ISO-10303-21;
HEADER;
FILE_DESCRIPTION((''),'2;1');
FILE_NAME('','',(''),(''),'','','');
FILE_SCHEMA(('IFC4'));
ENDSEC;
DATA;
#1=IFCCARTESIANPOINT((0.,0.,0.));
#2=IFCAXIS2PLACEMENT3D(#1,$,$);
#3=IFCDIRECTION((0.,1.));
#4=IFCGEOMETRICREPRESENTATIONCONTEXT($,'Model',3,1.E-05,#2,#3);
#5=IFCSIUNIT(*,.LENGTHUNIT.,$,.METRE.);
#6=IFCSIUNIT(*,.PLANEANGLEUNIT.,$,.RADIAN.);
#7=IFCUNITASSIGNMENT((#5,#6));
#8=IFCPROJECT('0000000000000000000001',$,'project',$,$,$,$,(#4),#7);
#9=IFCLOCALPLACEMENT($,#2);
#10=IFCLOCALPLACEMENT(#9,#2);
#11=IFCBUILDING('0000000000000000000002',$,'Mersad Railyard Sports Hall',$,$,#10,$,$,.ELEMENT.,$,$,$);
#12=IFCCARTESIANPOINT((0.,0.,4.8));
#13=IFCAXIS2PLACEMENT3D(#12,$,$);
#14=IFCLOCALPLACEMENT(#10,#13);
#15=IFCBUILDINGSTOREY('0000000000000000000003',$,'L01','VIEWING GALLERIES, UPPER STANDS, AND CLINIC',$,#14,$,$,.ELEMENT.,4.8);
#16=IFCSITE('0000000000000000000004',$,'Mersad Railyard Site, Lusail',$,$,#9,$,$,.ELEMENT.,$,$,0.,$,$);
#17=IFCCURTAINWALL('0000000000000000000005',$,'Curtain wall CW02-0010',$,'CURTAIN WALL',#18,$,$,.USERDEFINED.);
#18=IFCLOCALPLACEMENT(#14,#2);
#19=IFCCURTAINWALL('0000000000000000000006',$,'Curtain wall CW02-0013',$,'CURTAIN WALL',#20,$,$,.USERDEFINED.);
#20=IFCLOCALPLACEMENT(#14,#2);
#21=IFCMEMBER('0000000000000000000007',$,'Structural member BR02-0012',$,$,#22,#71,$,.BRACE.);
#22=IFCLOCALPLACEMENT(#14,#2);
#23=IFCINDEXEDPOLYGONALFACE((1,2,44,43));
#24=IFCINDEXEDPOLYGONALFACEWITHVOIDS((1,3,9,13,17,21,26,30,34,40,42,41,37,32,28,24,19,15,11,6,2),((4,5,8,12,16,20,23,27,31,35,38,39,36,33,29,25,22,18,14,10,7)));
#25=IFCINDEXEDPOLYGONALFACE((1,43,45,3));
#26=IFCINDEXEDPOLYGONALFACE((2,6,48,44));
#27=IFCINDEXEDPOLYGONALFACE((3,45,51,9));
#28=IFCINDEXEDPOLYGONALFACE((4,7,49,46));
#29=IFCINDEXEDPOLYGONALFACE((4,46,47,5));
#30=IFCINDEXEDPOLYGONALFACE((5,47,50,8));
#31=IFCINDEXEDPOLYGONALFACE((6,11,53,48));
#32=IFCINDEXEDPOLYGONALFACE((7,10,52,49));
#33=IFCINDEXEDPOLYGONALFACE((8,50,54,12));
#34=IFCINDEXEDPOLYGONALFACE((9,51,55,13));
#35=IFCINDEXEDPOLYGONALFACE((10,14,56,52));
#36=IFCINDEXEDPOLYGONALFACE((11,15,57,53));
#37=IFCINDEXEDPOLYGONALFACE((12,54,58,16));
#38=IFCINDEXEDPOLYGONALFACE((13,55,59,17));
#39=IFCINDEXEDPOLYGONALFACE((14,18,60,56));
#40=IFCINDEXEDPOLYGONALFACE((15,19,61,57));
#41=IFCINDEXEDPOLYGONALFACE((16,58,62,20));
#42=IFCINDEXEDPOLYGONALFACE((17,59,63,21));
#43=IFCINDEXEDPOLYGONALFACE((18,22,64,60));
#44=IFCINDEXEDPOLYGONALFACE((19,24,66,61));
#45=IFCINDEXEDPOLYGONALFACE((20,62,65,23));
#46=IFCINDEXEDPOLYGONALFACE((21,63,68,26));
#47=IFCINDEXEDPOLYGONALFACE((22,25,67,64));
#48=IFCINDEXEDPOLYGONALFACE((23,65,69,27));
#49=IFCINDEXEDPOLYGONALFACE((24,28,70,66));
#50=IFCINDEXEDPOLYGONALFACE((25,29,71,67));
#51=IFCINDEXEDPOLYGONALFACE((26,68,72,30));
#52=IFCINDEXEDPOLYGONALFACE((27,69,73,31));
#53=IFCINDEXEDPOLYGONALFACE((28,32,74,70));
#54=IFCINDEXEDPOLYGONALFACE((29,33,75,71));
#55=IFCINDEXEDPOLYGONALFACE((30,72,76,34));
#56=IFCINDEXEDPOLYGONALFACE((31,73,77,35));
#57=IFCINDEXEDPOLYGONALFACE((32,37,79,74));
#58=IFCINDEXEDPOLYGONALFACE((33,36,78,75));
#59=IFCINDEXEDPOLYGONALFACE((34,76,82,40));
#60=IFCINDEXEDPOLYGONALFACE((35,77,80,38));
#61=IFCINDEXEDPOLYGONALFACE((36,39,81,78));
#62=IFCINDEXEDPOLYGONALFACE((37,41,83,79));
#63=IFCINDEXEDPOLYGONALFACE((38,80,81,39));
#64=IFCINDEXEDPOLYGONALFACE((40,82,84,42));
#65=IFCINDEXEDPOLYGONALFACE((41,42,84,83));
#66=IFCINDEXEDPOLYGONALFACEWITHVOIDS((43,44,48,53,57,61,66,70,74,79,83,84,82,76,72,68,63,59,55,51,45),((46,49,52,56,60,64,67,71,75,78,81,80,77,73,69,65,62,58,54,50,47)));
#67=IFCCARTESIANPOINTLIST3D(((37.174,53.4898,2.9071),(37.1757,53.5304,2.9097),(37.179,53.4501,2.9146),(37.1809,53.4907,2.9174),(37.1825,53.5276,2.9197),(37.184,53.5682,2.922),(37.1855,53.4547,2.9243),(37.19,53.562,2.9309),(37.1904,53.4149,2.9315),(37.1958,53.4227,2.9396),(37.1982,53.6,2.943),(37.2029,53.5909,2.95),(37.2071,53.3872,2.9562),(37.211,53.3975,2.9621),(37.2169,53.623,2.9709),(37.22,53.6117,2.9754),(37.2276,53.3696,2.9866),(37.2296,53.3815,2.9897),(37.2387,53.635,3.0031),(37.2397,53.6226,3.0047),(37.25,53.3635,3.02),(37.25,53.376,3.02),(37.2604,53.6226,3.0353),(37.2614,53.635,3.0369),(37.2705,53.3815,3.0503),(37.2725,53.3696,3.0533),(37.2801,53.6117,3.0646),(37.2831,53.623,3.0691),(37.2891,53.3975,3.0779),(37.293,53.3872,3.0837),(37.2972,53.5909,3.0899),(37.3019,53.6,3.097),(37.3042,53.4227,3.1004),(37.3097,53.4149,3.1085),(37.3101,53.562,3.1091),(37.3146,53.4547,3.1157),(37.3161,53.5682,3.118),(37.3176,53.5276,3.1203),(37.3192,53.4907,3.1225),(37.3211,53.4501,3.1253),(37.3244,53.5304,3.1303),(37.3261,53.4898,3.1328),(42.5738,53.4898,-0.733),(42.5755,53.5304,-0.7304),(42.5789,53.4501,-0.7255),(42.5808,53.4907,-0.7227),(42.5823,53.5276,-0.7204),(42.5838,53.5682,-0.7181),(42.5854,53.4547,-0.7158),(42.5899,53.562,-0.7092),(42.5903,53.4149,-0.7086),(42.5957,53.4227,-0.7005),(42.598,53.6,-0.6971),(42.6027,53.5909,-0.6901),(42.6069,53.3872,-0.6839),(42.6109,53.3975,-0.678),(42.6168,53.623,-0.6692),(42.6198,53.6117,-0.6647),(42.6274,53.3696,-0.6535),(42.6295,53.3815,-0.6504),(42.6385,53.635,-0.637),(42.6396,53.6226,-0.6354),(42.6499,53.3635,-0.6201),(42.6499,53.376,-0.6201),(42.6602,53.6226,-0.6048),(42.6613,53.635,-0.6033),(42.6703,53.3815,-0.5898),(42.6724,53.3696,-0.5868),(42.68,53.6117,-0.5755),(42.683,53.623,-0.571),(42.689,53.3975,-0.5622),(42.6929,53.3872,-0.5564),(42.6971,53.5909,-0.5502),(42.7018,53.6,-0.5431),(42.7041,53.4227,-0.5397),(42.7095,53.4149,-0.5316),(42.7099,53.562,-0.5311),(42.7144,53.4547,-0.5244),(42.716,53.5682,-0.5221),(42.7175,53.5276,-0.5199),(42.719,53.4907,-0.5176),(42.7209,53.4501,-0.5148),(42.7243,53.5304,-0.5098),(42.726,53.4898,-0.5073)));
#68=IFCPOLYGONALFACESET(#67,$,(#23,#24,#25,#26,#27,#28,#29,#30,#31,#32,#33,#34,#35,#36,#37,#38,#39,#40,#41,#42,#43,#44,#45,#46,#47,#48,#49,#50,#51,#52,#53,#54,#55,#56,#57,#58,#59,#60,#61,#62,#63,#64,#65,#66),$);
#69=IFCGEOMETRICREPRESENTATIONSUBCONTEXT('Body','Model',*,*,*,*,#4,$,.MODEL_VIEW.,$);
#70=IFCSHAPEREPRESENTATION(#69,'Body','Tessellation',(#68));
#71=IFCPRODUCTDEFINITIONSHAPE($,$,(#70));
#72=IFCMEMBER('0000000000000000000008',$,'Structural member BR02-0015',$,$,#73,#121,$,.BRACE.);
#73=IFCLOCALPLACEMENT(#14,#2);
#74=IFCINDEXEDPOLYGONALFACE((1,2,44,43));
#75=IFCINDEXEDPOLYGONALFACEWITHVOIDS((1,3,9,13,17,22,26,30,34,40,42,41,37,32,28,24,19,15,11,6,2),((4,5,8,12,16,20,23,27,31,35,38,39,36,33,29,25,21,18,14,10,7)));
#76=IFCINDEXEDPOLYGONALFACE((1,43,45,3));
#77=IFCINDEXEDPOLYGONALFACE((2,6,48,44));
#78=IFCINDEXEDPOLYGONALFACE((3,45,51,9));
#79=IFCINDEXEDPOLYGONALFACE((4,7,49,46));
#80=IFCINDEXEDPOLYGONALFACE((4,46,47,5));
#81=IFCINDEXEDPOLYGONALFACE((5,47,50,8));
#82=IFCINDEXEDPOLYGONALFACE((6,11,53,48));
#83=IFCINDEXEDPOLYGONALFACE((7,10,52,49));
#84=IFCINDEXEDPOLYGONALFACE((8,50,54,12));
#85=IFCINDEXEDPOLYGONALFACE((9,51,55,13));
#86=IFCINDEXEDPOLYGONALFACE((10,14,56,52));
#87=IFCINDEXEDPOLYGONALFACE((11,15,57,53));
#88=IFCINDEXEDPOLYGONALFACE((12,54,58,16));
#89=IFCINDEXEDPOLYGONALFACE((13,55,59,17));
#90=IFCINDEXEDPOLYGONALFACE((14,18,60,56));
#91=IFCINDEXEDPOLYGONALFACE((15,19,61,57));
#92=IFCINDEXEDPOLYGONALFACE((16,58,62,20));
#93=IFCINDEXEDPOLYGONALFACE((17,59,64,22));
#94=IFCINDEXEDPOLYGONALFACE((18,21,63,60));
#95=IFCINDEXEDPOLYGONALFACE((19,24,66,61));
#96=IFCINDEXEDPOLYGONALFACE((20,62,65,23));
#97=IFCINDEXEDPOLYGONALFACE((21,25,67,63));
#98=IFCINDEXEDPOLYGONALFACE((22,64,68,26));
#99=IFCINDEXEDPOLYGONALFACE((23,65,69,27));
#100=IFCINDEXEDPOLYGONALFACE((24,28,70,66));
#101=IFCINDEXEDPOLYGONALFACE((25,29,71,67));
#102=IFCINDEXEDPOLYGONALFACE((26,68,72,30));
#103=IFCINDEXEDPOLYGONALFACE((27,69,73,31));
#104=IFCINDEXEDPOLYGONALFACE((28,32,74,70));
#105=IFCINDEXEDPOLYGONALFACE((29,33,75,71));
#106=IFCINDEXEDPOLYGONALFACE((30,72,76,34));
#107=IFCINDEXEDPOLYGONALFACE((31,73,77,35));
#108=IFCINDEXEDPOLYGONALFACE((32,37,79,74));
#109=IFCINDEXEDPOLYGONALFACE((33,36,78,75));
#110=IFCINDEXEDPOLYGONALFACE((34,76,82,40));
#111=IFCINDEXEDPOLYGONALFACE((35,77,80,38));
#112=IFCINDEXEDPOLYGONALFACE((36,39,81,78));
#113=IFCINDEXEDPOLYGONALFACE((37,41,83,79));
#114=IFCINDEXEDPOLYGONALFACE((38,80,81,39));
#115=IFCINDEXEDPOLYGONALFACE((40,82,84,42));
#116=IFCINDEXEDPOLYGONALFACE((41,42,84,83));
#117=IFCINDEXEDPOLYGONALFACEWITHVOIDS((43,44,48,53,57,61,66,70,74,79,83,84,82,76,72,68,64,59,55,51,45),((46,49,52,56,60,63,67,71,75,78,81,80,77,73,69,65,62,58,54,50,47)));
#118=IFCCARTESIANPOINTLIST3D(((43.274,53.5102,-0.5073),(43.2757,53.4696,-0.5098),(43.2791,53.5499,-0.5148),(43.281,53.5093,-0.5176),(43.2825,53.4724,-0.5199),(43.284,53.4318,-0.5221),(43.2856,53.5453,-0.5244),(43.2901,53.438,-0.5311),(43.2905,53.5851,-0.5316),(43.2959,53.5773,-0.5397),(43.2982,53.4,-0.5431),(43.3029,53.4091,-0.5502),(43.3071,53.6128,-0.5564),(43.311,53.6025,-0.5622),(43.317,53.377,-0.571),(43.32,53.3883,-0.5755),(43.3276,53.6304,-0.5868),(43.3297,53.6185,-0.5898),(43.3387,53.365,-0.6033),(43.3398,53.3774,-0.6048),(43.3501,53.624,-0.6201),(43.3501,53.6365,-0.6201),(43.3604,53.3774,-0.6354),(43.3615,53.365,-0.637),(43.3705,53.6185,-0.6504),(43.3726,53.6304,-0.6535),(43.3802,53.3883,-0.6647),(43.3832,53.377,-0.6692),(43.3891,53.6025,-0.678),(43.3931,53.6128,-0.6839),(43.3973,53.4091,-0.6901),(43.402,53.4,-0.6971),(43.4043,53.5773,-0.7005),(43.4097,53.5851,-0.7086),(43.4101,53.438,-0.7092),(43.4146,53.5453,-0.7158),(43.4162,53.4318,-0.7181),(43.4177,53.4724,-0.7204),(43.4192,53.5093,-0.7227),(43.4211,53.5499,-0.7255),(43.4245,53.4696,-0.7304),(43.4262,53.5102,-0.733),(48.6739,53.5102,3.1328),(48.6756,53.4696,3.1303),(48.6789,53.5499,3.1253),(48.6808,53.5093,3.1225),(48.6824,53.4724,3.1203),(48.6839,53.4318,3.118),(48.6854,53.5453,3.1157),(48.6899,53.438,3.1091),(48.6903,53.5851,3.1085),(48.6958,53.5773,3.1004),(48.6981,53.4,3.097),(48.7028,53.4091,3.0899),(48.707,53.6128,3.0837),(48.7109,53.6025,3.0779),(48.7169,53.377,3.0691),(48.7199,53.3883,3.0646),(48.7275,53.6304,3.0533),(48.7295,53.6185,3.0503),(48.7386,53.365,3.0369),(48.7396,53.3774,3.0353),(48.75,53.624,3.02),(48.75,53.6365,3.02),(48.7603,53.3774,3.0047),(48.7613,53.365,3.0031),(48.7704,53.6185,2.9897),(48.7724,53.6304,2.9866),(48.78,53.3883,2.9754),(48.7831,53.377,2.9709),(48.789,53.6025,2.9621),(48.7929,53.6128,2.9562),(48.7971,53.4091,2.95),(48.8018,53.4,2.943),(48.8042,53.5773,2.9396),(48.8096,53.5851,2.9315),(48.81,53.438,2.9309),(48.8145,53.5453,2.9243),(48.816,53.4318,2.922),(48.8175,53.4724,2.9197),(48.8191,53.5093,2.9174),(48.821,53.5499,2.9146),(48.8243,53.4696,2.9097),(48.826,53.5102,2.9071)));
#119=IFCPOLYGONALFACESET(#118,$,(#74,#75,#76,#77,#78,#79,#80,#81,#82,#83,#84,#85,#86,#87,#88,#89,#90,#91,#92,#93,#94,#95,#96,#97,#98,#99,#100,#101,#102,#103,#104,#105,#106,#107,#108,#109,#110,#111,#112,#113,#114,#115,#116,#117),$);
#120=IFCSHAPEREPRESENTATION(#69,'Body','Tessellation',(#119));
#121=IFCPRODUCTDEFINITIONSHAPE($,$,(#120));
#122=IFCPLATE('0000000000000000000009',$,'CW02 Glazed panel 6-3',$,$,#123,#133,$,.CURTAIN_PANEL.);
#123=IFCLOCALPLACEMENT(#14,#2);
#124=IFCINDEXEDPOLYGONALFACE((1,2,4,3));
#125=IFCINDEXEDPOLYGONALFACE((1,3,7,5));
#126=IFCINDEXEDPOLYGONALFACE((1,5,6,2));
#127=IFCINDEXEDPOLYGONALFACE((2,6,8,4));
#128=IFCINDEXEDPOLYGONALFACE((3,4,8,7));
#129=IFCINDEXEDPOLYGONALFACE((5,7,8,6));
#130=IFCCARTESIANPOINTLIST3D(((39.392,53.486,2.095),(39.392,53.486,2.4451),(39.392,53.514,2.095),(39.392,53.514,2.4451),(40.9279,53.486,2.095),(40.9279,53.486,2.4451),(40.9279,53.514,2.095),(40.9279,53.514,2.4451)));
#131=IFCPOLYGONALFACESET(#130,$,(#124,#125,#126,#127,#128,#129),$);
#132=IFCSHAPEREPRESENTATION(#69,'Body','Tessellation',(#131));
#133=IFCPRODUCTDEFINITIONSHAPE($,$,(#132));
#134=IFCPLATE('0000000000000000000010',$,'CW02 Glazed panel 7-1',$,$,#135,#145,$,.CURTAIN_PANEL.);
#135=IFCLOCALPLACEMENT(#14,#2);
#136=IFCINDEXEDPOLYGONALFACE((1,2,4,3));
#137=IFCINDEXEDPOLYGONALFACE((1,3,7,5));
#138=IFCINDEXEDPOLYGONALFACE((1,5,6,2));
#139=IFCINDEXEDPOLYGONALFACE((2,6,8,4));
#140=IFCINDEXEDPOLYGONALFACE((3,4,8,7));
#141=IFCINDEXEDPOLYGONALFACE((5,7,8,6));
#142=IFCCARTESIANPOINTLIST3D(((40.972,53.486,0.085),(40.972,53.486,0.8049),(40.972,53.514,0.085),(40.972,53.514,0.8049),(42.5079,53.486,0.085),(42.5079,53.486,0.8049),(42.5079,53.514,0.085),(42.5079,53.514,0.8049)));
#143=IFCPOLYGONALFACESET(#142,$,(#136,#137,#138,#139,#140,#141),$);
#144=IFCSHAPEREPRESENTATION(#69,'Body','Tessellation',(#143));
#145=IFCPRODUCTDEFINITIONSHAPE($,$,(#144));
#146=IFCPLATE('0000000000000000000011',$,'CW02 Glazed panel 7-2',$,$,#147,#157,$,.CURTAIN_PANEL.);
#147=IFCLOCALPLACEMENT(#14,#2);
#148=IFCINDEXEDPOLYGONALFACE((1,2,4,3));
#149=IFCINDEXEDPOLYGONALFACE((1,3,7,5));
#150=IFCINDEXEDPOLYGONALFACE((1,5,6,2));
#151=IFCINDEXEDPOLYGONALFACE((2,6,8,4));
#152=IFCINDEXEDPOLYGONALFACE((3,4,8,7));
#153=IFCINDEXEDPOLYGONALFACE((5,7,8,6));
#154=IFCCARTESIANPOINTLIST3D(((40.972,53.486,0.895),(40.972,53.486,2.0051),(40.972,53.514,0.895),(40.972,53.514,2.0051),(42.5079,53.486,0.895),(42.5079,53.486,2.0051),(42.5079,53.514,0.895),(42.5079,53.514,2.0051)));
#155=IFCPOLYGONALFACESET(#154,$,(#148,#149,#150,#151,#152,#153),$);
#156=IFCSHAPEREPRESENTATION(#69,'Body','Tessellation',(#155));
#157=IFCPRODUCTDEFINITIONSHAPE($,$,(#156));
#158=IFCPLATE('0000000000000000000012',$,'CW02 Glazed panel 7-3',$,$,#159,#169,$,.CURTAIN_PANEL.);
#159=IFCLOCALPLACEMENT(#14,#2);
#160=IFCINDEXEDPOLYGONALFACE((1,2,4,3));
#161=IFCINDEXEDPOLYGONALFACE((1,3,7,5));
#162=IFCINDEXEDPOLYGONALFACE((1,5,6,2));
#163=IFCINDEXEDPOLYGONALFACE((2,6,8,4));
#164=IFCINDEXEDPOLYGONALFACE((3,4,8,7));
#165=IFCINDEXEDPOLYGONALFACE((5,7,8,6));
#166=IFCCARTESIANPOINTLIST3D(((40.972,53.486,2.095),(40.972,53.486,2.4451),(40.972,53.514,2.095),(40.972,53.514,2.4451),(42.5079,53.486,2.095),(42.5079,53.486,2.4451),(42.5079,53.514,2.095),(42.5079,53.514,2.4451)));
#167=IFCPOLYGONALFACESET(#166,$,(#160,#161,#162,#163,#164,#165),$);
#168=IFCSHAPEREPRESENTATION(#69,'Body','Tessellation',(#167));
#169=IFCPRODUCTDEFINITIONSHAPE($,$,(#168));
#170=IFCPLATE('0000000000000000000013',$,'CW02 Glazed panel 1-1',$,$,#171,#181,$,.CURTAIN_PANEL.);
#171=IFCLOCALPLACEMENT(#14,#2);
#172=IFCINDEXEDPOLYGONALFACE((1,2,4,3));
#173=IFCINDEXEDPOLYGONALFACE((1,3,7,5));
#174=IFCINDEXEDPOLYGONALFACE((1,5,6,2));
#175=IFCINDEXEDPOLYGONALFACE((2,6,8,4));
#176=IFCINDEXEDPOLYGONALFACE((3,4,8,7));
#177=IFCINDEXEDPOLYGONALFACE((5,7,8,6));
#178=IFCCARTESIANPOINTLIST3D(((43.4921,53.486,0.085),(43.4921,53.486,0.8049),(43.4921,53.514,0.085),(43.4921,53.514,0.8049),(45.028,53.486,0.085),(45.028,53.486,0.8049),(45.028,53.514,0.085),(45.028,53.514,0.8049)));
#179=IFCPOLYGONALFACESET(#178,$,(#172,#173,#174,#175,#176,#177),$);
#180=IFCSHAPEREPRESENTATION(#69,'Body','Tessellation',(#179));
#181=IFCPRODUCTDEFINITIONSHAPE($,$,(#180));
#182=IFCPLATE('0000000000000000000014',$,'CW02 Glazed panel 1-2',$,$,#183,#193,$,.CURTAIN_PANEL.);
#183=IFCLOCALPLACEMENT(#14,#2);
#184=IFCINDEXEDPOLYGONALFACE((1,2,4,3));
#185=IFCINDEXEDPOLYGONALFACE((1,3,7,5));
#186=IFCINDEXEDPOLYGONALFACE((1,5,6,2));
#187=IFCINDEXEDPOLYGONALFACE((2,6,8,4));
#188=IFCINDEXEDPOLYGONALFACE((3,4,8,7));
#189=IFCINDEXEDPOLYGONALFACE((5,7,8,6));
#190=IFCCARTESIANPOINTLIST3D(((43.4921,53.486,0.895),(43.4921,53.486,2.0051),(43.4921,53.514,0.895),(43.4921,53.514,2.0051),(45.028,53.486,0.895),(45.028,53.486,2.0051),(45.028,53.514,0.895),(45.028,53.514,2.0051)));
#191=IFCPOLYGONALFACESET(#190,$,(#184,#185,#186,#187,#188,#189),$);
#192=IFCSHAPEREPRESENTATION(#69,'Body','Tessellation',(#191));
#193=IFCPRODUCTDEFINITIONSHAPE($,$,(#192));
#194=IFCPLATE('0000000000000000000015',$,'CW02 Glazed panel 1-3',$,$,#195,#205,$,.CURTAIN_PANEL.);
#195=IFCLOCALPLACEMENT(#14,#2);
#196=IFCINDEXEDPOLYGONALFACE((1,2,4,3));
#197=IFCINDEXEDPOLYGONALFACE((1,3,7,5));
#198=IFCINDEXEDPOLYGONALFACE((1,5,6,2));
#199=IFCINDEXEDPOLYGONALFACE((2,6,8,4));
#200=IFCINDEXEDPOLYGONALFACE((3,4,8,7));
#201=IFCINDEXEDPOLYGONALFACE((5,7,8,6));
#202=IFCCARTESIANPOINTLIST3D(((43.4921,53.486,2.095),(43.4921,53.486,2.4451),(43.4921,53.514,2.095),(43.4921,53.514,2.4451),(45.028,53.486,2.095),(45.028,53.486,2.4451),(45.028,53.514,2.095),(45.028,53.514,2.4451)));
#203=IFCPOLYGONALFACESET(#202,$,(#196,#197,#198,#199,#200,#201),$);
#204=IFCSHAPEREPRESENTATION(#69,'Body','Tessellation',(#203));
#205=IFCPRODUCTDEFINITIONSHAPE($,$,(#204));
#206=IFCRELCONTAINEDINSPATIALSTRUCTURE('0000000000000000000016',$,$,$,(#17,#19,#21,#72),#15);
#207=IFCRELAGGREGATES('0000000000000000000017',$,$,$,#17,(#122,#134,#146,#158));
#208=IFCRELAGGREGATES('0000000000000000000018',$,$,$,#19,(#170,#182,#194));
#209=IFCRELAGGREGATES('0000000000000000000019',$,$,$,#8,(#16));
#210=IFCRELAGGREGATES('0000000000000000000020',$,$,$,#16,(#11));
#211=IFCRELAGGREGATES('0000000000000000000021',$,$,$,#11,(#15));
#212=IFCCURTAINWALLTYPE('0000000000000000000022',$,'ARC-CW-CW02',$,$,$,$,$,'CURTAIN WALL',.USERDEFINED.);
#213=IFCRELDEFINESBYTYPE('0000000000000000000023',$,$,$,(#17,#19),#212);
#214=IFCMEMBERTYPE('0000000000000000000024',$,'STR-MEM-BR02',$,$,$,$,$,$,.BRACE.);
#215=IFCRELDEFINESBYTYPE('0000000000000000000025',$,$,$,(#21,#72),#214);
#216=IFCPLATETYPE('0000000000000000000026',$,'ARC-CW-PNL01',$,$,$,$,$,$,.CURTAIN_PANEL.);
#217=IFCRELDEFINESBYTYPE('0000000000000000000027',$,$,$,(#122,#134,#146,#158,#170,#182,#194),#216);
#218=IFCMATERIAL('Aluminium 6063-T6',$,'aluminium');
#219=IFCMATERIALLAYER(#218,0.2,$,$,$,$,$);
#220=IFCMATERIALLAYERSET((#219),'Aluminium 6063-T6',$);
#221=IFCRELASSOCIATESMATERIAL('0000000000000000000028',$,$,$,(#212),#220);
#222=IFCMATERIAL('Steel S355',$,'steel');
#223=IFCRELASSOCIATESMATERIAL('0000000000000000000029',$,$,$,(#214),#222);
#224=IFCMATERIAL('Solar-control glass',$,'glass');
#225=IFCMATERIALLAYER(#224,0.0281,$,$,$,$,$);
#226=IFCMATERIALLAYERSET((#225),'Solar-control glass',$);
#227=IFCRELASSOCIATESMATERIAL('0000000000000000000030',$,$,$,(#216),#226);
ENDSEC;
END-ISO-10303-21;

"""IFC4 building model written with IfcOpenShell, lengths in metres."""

from ifc_helpers import new_model, si_unit, direction, frame, origin, origin_2d, place, context, subcontext, project, spatial, rectangle, hollow_circle, extrude, material, layer, layer_set, material_profile, profile_set, type_object, element, aggregate, save


model = new_model("IFC4")

# Units and contexts
model_context = context("Model", 3, precision=1e-05, world=origin(), true_north=direction((0.0, 1.0)))
body_context = subcontext(model_context, "Body", "Model", "MODEL_VIEW")
ifc_project = project(units=[si_unit("LENGTHUNIT", "METRE"), si_unit("PLANEANGLEUNIT", "RADIAN")], contexts=[model_context])

# Site, building, storey
site_placement = place(None, origin())
site = spatial("IfcSite", under=ifc_project, at=site_placement, Name="Mersad Railyard Site, Lusail", CompositionType="ELEMENT", RefElevation=0.0)
building_placement = place(site_placement, origin())
building = spatial("IfcBuilding", under=site, at=building_placement, Name="Mersad Railyard Sports Hall", CompositionType="ELEMENT")
storey_placement = place(building_placement, frame((0.0, 0.0, 4.8)))
storey = spatial("IfcBuildingStorey", under=building, at=storey_placement, Name="L01", Description="VIEWING GALLERIES, UPPER STANDS, AND CLINIC", CompositionType="ELEMENT", Elevation=4.8)

# Curtain walls
ifc_material_1 = material(Name="Aluminium 6063-T6", Category="aluminium")
ifc_layer_1 = layer(ifc_material_1, 0.2)
ifc_layer_set_1 = layer_set([ifc_layer_1], Name="Aluminium 6063-T6")
curtain_wall_type = type_object("IfcCurtainWallType", Name="ARC-CW-CW02", ElementType="CURTAIN WALL", PredefinedType="USERDEFINED", material=ifc_layer_set_1)
curtain_wall_1_placement = place(storey_placement, origin())
curtain_wall_1 = element("IfcCurtainWall", 1, at=curtain_wall_1_placement, inside=storey, type_object=curtain_wall_type, Name="Curtain wall CW02-0010", ObjectType="CURTAIN WALL", PredefinedType="USERDEFINED")
curtain_wall_2_placement = place(storey_placement, origin())
curtain_wall_2 = element("IfcCurtainWall", 2, at=curtain_wall_2_placement, inside=storey, type_object=curtain_wall_type, Name="Curtain wall CW02-0013", ObjectType="CURTAIN WALL", PredefinedType="USERDEFINED")

# Members
ifc_material_2 = material(Name="Steel S355", Category="steel")
ifc_material_profile_1 = material_profile(ifc_material_2, hollow_circle(Radius=0.1365, WallThickness=0.0125, at=origin_2d()), Name="CHS 273x12.5")
ifc_profile_set_1 = profile_set([ifc_material_profile_1], Name="Steel S355")
member_type_1 = type_object("IfcMemberType", Name="STR-MEM-BR02", PredefinedType="BRACE", material=ifc_profile_set_1)
for number, where, z_axis, x_axis, name in (
    (3, (42.6499, 53.5, -0.6201), (-0.82919, 0.0, 0.558967), (0.0, -1.0, 0.0), "Structural member BR02-0012"),
    (4, (43.3501, 53.5, -0.6201), (0.82919, 0.0, 0.558967), (0.0, 1.0, 0.0), "Structural member BR02-0015"),
):
    element("IfcMember", number, at=place(storey_placement, frame(where, z_axis=z_axis, x_axis=x_axis)), inside=storey, type_object=member_type_1, Name=name, PredefinedType="BRACE", context=body_context, shape_type="SweptSolid", body=[
        extrude(hollow_circle(Radius=0.1365, WallThickness=0.0125, at=origin_2d()), origin(), (0.0, 0.0, 1.0), 6.5122),
    ])

# Plates
ifc_material_3 = material(Name="Solar-control glass", Category="glass")
ifc_layer_2 = layer(ifc_material_3, 0.0281)
ifc_layer_set_2 = layer_set([ifc_layer_2], Name="Solar-control glass")
plate_type_1 = type_object("IfcPlateType", Name="ARC-CW-PNL01", PredefinedType="CURTAIN_PANEL", material=ifc_layer_set_2)
plate_1_placement = place(storey_placement, frame((40.1599, 53.5, 2.095), z_axis=(0.0, 0.0, 1.0), x_axis=(1.0, 0.0, 0.0)))
plate_1 = element("IfcPlate", 5, at=plate_1_placement, type_object=plate_type_1, Name="CW02 Glazed panel 6-3", PredefinedType="CURTAIN_PANEL", context=body_context, shape_type="SweptSolid", body=[
    extrude(rectangle(XDim=1.5359, YDim=0.0281, at=origin_2d()), origin(), (0.0, 0.0, 1.0), 0.3501),
])
plate_2_placement = place(storey_placement, frame((41.74, 53.5, 0.085), z_axis=(0.0, 0.0, 1.0), x_axis=(1.0, 0.0, 0.0)))
plate_2 = element("IfcPlate", 6, at=plate_2_placement, type_object=plate_type_1, Name="CW02 Glazed panel 7-1", PredefinedType="CURTAIN_PANEL", context=body_context, shape_type="SweptSolid", body=[
    extrude(rectangle(XDim=1.5359, YDim=0.0281, at=origin_2d()), origin(), (0.0, 0.0, 1.0), 0.72),
])
plate_3_placement = place(storey_placement, frame((41.74, 53.5, 0.895), z_axis=(0.0, 0.0, 1.0), x_axis=(1.0, 0.0, 0.0)))
plate_3 = element("IfcPlate", 7, at=plate_3_placement, type_object=plate_type_1, Name="CW02 Glazed panel 7-2", PredefinedType="CURTAIN_PANEL", context=body_context, shape_type="SweptSolid", body=[
    extrude(rectangle(XDim=1.5359, YDim=0.0281, at=origin_2d()), origin(), (0.0, 0.0, 1.0), 1.1101),
])
plate_4_placement = place(storey_placement, frame((41.74, 53.5, 2.095), z_axis=(0.0, 0.0, 1.0), x_axis=(1.0, 0.0, 0.0)))
plate_4 = element("IfcPlate", 8, at=plate_4_placement, type_object=plate_type_1, Name="CW02 Glazed panel 7-3", PredefinedType="CURTAIN_PANEL", context=body_context, shape_type="SweptSolid", body=[
    extrude(rectangle(XDim=1.5359, YDim=0.0281, at=origin_2d()), origin(), (0.0, 0.0, 1.0), 0.3501),
])
aggregate(curtain_wall_1, [plate_1, plate_2, plate_3, plate_4])
plate_5_placement = place(storey_placement, frame((44.26, 53.5, 0.085), z_axis=(0.0, 0.0, 1.0), x_axis=(1.0, 0.0, 0.0)))
plate_5 = element("IfcPlate", 9, at=plate_5_placement, type_object=plate_type_1, Name="CW02 Glazed panel 1-1", PredefinedType="CURTAIN_PANEL", context=body_context, shape_type="SweptSolid", body=[
    extrude(rectangle(XDim=1.5359, YDim=0.0281, at=origin_2d()), origin(), (0.0, 0.0, 1.0), 0.72),
])
plate_6_placement = place(storey_placement, frame((44.26, 53.5, 0.895), z_axis=(0.0, 0.0, 1.0), x_axis=(1.0, 0.0, 0.0)))
plate_6 = element("IfcPlate", 10, at=plate_6_placement, type_object=plate_type_1, Name="CW02 Glazed panel 1-2", PredefinedType="CURTAIN_PANEL", context=body_context, shape_type="SweptSolid", body=[
    extrude(rectangle(XDim=1.5359, YDim=0.0281, at=origin_2d()), origin(), (0.0, 0.0, 1.0), 1.1101),
])
plate_7_placement = place(storey_placement, frame((44.26, 53.5, 2.095), z_axis=(0.0, 0.0, 1.0), x_axis=(1.0, 0.0, 0.0)))
plate_7 = element("IfcPlate", 11, at=plate_7_placement, type_object=plate_type_1, Name="CW02 Glazed panel 1-3", PredefinedType="CURTAIN_PANEL", context=body_context, shape_type="SweptSolid", body=[
    extrude(rectangle(XDim=1.5359, YDim=0.0281, at=origin_2d()), origin(), (0.0, 0.0, 1.0), 0.3501),
])
aggregate(curtain_wall_2, [plate_5, plate_6, plate_7])

save(model, "model.ifc")
